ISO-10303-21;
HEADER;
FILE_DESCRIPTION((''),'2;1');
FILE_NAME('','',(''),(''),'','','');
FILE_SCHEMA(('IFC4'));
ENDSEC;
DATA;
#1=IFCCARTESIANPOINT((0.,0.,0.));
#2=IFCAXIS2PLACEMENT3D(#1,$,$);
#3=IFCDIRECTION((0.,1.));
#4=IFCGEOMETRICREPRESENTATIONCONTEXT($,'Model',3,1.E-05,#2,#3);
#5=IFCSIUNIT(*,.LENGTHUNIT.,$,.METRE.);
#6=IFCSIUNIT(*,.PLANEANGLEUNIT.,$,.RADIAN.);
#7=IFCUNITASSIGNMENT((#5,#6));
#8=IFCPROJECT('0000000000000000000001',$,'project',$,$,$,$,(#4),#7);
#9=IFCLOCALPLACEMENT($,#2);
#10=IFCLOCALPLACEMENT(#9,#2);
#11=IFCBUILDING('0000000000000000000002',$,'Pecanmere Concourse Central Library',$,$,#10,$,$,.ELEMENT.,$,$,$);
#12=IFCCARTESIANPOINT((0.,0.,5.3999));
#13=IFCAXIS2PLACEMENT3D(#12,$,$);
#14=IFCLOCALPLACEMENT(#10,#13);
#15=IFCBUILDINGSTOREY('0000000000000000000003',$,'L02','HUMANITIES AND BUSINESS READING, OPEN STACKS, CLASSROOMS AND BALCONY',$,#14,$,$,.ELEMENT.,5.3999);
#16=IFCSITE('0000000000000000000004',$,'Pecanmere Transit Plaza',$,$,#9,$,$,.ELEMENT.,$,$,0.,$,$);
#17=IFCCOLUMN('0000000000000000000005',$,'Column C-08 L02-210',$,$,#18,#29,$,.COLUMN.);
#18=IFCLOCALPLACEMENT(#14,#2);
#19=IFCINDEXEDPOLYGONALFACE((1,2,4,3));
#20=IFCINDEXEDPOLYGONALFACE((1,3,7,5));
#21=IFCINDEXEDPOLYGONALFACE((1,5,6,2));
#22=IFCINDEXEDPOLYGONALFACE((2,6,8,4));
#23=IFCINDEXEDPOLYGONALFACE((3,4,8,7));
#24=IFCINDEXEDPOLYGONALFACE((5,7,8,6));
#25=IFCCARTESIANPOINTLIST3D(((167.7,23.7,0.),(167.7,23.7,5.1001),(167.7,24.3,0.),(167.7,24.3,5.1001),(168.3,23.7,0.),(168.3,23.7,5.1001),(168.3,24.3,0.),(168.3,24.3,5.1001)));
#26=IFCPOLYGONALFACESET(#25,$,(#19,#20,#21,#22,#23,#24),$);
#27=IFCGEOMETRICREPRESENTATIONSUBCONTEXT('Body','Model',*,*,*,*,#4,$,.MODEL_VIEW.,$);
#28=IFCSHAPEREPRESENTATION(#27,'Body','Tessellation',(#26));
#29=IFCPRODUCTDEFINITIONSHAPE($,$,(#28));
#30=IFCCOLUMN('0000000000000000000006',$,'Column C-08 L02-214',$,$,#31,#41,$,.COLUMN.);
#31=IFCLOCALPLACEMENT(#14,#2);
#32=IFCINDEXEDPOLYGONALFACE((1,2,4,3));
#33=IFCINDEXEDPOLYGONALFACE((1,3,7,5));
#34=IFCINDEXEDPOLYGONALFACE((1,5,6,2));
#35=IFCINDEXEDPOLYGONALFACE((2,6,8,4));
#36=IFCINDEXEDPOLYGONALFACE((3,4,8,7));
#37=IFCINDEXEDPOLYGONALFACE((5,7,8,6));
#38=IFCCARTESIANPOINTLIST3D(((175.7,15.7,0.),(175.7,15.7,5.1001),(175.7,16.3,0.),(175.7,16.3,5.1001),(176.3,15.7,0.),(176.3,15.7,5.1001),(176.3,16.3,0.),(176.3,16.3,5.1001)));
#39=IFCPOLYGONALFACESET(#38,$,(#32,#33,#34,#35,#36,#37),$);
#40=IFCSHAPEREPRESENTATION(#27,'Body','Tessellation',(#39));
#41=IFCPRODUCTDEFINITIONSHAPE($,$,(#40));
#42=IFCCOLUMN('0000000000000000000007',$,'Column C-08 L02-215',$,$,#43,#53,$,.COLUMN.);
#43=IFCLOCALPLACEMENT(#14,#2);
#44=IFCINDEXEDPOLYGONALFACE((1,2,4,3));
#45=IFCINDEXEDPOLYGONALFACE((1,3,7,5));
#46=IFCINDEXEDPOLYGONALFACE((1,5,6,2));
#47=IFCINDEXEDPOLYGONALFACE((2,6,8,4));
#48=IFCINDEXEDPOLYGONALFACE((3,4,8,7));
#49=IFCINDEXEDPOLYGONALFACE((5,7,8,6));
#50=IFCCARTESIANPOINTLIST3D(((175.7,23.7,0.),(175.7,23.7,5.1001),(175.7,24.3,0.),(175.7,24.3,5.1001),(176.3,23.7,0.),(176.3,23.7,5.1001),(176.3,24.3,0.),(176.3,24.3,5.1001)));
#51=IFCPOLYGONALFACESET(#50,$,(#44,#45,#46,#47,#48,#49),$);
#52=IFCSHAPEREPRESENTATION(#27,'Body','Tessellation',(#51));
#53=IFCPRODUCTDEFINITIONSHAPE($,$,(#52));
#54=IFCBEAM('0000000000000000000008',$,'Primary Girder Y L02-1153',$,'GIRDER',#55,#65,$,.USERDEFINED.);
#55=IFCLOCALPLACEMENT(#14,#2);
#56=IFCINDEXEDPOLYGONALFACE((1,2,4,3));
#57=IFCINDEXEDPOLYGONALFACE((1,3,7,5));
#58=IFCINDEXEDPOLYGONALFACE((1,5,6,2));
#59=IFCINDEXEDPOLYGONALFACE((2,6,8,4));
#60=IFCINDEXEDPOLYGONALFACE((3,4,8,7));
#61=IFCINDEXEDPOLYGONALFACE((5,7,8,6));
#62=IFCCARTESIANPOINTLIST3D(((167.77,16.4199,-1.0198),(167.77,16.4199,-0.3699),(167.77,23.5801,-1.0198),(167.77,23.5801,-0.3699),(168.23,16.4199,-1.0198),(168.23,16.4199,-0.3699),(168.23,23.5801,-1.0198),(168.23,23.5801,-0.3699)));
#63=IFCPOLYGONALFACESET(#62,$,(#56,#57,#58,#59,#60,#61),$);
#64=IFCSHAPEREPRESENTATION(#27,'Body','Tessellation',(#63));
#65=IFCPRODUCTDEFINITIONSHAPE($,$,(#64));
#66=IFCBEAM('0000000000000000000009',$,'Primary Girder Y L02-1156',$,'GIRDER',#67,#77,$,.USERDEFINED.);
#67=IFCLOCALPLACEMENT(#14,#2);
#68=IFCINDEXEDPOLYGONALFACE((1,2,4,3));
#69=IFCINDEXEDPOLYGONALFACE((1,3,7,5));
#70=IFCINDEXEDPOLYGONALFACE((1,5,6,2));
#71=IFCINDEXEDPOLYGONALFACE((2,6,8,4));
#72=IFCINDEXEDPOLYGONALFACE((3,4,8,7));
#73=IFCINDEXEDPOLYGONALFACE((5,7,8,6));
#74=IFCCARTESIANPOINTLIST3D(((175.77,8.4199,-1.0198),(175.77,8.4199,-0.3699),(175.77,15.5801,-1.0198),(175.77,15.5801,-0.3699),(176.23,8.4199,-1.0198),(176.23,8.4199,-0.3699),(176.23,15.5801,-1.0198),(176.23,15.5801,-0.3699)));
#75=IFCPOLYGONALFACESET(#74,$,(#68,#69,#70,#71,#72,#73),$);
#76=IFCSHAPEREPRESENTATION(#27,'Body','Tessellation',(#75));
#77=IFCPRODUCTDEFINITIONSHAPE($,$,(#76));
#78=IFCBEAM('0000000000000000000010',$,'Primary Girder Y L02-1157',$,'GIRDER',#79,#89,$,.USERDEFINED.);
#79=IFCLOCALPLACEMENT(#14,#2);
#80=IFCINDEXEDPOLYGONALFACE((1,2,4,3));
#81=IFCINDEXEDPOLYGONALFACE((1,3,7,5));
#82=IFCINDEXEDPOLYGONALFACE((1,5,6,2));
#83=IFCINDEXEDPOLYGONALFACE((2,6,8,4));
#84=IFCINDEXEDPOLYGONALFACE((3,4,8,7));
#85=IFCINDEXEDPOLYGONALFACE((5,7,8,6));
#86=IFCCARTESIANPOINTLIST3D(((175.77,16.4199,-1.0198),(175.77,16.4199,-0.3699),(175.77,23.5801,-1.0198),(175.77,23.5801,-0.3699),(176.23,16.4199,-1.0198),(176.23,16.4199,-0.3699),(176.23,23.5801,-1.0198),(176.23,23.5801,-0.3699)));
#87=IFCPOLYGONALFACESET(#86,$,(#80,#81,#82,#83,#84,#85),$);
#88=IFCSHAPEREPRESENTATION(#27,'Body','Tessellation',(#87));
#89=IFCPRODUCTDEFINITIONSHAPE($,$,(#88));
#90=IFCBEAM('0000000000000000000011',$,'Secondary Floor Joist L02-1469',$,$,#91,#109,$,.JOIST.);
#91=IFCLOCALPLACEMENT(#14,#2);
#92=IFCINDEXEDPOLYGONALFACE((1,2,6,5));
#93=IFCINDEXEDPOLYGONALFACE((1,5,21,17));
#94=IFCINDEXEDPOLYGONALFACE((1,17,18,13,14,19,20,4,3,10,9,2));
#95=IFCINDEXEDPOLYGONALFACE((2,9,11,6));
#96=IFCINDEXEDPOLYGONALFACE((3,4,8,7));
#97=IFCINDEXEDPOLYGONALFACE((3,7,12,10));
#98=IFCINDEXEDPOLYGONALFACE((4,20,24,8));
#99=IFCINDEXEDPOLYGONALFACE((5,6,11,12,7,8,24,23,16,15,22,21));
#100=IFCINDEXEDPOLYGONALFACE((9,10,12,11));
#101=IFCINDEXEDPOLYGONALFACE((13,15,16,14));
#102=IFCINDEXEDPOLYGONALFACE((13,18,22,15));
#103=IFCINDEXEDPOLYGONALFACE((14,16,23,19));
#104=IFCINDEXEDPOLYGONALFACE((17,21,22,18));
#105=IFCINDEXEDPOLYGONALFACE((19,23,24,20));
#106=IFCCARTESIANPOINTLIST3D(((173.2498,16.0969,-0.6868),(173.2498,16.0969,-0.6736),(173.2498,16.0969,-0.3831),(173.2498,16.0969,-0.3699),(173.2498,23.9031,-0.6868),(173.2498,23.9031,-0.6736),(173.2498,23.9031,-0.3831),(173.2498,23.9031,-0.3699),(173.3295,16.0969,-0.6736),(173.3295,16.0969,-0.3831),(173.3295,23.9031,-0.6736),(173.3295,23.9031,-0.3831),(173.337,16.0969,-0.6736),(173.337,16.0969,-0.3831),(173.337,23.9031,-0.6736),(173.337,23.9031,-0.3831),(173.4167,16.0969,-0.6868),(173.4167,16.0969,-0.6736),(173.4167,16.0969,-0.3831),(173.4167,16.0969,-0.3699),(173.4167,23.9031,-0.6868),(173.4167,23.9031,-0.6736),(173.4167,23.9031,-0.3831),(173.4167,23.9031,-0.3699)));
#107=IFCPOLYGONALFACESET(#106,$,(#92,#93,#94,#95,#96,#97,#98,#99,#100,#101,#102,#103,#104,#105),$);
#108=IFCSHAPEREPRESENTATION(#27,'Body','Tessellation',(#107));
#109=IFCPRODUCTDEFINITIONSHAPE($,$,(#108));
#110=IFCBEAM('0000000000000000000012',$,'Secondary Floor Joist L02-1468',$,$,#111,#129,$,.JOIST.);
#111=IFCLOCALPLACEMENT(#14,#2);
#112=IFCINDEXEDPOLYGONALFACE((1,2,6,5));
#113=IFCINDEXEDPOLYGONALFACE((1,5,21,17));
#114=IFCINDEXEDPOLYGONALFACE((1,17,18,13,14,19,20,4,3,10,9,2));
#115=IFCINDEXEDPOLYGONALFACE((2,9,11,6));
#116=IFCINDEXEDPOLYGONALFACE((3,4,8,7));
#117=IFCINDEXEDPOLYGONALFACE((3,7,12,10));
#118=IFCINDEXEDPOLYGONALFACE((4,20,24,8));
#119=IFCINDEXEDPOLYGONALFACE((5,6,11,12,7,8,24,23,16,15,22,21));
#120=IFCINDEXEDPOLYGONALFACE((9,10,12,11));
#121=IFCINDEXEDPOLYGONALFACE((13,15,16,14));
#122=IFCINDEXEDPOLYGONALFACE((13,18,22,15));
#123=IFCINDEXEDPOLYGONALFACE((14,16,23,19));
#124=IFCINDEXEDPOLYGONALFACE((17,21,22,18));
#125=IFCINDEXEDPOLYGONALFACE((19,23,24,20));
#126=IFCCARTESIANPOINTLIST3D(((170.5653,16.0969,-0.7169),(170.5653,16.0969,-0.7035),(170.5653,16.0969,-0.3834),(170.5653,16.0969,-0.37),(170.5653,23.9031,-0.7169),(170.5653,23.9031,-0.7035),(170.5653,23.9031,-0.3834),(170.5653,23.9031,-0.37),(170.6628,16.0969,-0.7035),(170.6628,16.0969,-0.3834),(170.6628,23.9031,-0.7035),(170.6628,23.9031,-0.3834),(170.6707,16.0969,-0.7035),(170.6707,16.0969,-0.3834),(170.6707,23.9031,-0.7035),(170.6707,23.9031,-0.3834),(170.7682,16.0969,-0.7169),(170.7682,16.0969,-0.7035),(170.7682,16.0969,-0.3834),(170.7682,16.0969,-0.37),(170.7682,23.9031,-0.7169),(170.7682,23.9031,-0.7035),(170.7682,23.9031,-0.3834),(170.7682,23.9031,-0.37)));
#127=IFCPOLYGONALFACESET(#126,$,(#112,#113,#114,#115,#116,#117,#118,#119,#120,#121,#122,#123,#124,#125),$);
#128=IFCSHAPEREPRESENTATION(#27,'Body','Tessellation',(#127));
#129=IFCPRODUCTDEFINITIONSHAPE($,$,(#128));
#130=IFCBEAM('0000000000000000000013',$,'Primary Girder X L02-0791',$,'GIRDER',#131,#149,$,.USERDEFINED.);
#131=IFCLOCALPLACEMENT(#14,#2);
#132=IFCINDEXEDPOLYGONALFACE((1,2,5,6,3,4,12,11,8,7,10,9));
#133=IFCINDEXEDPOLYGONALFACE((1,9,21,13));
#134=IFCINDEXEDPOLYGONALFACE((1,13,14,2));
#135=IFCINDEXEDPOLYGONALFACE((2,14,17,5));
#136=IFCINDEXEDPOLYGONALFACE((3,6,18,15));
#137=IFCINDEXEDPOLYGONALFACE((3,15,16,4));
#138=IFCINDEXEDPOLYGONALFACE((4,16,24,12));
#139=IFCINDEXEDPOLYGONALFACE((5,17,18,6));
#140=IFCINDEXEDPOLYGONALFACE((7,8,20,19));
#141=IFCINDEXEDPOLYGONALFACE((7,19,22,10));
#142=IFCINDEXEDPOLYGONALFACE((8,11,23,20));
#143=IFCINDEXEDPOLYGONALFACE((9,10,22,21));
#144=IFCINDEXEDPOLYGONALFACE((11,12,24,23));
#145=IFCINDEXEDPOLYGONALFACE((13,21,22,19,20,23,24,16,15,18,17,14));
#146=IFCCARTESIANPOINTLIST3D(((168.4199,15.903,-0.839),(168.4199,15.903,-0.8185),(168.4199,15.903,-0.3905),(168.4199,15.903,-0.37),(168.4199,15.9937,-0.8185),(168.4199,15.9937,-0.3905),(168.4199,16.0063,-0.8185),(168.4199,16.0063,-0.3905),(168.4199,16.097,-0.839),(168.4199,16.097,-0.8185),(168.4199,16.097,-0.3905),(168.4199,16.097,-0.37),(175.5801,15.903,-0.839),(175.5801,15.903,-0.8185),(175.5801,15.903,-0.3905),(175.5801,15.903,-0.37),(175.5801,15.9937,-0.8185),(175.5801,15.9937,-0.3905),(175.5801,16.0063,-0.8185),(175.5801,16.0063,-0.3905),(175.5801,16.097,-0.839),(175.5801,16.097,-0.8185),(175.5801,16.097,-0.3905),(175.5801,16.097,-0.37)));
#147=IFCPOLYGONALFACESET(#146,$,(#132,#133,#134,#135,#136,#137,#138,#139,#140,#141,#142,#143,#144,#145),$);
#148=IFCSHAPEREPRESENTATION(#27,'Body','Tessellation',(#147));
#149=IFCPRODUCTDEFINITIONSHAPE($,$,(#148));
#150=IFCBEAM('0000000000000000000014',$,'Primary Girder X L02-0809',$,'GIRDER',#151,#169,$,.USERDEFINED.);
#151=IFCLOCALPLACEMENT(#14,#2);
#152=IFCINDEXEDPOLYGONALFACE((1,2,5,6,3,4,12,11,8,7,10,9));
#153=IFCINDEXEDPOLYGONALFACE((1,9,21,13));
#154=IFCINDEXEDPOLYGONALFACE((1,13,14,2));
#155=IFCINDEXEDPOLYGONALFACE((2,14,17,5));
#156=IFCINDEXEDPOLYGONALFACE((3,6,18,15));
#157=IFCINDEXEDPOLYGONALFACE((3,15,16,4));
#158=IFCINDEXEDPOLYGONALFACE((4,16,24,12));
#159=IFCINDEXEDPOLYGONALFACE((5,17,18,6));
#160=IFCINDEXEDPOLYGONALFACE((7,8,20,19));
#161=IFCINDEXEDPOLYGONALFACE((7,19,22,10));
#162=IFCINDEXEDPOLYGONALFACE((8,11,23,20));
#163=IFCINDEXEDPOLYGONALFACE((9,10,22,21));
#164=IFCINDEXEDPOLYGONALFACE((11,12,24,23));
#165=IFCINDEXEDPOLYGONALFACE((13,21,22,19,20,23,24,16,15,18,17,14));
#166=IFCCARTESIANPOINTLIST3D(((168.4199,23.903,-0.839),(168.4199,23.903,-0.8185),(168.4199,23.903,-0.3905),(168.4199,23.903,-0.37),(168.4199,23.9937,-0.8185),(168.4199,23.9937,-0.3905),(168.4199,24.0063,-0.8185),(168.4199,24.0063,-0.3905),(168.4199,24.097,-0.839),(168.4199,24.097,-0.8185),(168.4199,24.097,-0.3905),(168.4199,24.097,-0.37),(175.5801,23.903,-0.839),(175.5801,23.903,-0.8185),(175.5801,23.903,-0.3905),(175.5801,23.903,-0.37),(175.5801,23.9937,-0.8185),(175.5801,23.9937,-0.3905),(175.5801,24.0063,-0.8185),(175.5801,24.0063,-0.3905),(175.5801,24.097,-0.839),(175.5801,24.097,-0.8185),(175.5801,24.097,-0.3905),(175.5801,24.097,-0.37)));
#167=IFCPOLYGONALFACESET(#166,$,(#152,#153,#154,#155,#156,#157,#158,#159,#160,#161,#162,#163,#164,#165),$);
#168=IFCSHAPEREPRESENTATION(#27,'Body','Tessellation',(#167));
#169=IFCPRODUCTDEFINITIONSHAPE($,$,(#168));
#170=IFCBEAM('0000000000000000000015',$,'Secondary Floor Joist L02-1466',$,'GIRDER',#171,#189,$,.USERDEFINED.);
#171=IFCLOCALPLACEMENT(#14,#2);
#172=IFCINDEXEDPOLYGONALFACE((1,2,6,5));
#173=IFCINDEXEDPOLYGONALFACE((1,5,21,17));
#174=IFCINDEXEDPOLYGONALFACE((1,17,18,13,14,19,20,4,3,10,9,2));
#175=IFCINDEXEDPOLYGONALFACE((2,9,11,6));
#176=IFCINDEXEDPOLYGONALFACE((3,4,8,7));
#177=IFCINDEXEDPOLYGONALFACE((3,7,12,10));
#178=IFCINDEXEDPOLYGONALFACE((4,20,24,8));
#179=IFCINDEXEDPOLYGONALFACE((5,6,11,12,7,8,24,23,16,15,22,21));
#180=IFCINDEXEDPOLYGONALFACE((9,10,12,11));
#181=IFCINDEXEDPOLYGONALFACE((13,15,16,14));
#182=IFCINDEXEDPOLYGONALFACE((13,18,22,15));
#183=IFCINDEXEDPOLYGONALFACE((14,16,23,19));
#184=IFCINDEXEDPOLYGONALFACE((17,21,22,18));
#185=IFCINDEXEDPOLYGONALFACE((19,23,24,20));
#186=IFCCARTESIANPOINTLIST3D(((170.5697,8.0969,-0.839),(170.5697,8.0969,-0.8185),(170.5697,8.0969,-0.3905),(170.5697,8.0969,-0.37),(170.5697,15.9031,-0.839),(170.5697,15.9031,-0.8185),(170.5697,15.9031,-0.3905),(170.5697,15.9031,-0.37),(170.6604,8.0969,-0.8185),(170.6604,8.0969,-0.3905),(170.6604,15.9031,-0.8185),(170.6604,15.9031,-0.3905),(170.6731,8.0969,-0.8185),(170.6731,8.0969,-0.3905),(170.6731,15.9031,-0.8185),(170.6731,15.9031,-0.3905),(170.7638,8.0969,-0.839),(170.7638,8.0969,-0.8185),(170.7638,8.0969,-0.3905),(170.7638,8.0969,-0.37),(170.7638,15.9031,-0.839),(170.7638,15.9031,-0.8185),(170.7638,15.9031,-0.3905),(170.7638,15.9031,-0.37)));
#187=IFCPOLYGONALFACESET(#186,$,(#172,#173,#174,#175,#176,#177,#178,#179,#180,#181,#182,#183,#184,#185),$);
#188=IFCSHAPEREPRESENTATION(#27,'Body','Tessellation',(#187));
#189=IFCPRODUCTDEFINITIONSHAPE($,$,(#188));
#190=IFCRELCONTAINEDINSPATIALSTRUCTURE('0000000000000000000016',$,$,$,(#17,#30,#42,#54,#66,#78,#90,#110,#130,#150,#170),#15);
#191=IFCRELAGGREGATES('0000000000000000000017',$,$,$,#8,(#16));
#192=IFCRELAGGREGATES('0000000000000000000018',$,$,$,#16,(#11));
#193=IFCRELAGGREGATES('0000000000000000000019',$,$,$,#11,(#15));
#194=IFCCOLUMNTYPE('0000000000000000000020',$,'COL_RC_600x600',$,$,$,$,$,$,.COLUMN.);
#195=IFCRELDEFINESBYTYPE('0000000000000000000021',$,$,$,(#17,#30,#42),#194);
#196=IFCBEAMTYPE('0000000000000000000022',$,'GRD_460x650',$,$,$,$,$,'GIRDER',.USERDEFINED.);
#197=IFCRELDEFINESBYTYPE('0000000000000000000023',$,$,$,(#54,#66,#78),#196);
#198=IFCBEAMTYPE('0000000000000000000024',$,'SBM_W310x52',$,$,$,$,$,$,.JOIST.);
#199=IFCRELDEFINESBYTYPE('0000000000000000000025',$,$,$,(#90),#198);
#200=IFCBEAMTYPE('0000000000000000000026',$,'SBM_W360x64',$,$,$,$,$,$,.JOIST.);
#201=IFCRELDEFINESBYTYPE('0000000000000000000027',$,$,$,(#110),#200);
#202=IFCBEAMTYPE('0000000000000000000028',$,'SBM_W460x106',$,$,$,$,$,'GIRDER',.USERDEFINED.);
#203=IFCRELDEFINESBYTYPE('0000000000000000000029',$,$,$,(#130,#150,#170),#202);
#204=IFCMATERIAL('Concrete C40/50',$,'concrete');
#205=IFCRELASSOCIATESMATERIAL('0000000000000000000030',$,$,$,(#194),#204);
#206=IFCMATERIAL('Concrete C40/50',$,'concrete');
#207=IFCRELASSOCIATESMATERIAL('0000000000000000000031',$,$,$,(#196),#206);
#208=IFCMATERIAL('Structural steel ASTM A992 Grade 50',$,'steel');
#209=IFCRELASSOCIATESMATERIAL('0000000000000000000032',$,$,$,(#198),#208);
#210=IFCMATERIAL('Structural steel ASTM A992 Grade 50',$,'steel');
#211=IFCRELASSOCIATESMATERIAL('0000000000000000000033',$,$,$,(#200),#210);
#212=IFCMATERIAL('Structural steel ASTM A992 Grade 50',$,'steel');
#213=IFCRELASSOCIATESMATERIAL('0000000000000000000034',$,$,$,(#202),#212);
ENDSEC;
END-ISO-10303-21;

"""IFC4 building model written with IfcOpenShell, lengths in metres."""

from ifc_helpers import new_model, si_unit, direction, frame, origin, origin_2d, place, context, subcontext, project, spatial, rectangle, i_section, extrude, material, material_profile, profile_set, type_object, element, save


model = new_model("IFC4")

# Units and contexts
model_context = context("Model", 3, precision=1e-05, world=origin(), true_north=direction((0.0, 1.0)))
body_context = subcontext(model_context, "Body", "Model", "MODEL_VIEW")
ifc_project = project(units=[si_unit("LENGTHUNIT", "METRE"), si_unit("PLANEANGLEUNIT", "RADIAN")], contexts=[model_context])

# Site, building, storey
site_placement = place(None, origin())
site = spatial("IfcSite", under=ifc_project, at=site_placement, Name="Pecanmere Transit Plaza", CompositionType="ELEMENT", RefElevation=0.0)
building_placement = place(site_placement, origin())
building = spatial("IfcBuilding", under=site, at=building_placement, Name="Pecanmere Concourse Central Library", CompositionType="ELEMENT")
storey_placement = place(building_placement, frame((0.0, 0.0, 5.3999)))
storey = spatial("IfcBuildingStorey", under=building, at=storey_placement, Name="L02", Description="HUMANITIES AND BUSINESS READING, OPEN STACKS, CLASSROOMS AND BALCONY", CompositionType="ELEMENT", Elevation=5.3999)

# Columns
ifc_material_1 = material(Name="Concrete C40/50", Category="concrete")
ifc_material_profile_1 = material_profile(ifc_material_1, rectangle(XDim=0.6001, YDim=0.6001, at=origin_2d()), Name="RC 600x600")
ifc_profile_set_1 = profile_set([ifc_material_profile_1], Name="Concrete C40/50")
column_type = type_object("IfcColumnType", Name="COL_RC_600x600", PredefinedType="COLUMN", material=ifc_profile_set_1)
for number, where, z_axis, x_axis, name in (
    (1, (168.0, 24.0, 0.0), (0.0, 0.0, 1.0), (1.0, 0.0, 0.0), "Column C-08 L02-210"),
    (2, (176.0, 16.0, 0.0), (0.0, 0.0, 1.0), (1.0, 0.0, 0.0), "Column C-08 L02-214"),
    (3, (176.0, 24.0, 0.0), (0.0, 0.0, 1.0), (1.0, 0.0, 0.0), "Column C-08 L02-215"),
):
    element("IfcColumn", number, at=place(storey_placement, frame(where, z_axis=z_axis, x_axis=x_axis)), inside=storey, type_object=column_type, Name=name, PredefinedType="COLUMN", context=body_context, shape_type="SweptSolid", body=[
        extrude(rectangle(XDim=0.6001, YDim=0.6001, at=origin_2d()), origin(), (0.0, 0.0, 1.0), 5.1001),
    ])

# Beams
ifc_material_2 = material(Name="Concrete C40/50", Category="concrete")
ifc_material_profile_2 = material_profile(ifc_material_2, rectangle(XDim=0.46, YDim=0.6499, at=origin_2d()), Name="RC 460x650")
ifc_profile_set_2 = profile_set([ifc_material_profile_2], Name="Concrete C40/50")
beam_type_1 = type_object("IfcBeamType", Name="GRD_460x650", ElementType="GIRDER", PredefinedType="USERDEFINED", material=ifc_profile_set_2)
for number, where, z_axis, x_axis, name in (
    (4, (168.0, 16.4199, -0.6948), (0.0, 1.0, 0.0), (-1.0, 0.0, 0.0), "Primary Girder Y L02-1153"),
    (5, (176.0, 8.4199, -0.6948), (0.0, 1.0, 0.0), (-1.0, 0.0, 0.0), "Primary Girder Y L02-1156"),
    (6, (176.0, 16.4199, -0.6948), (0.0, 1.0, 0.0), (-1.0, 0.0, 0.0), "Primary Girder Y L02-1157"),
):
    element("IfcBeam", number, at=place(storey_placement, frame(where, z_axis=z_axis, x_axis=x_axis)), inside=storey, type_object=beam_type_1, Name=name, ObjectType="GIRDER", PredefinedType="USERDEFINED", context=body_context, shape_type="SweptSolid", body=[
        extrude(rectangle(XDim=0.46, YDim=0.6499, at=origin_2d()), origin(), (0.0, 0.0, 1.0), 7.1602),
    ])
ifc_material_3 = material(Name="Structural steel ASTM A992 Grade 50", Category="steel")
ifc_material_profile_3 = material_profile(ifc_material_3, i_section(OverallWidth=0.167, OverallDepth=0.3169, WebThickness=0.0076, FlangeThickness=0.0132, at=origin_2d()), Name="W310x52")
ifc_profile_set_3 = profile_set([ifc_material_profile_3], Name="Structural steel ASTM A992 Grade 50")
beam_type_2 = type_object("IfcBeamType", Name="SBM_W310x52", PredefinedType="JOIST", material=ifc_profile_set_3)
beam_1_placement = place(storey_placement, frame((173.3333, 16.0969, -0.5283), z_axis=(0.0, 1.0, 0.0), x_axis=(-1.0, 0.0, 0.0)))
element("IfcBeam", 7, at=beam_1_placement, inside=storey, type_object=beam_type_2, Name="Secondary Floor Joist L02-1469", PredefinedType="JOIST", context=body_context, shape_type="SweptSolid", body=[
    extrude(i_section(OverallWidth=0.167, OverallDepth=0.3169, WebThickness=0.0076, FlangeThickness=0.0132, at=origin_2d()), origin(), (0.0, 0.0, 1.0), 7.8062),
])
ifc_material_4 = material(Name="Structural steel ASTM A992 Grade 50", Category="steel")
ifc_material_profile_4 = material_profile(ifc_material_4, i_section(OverallWidth=0.2029, OverallDepth=0.3469, WebThickness=0.0078, FlangeThickness=0.0134, at=origin_2d()), Name="W360x64")
ifc_profile_set_4 = profile_set([ifc_material_profile_4], Name="Structural steel ASTM A992 Grade 50")
beam_type_3 = type_object("IfcBeamType", Name="SBM_W360x64", PredefinedType="JOIST", material=ifc_profile_set_4)
beam_2_placement = place(storey_placement, frame((170.6667, 16.0969, -0.5435), z_axis=(0.0, 1.0, 0.0), x_axis=(-1.0, 0.0, 0.0)))
element("IfcBeam", 8, at=beam_2_placement, inside=storey, type_object=beam_type_3, Name="Secondary Floor Joist L02-1468", PredefinedType="JOIST", context=body_context, shape_type="SweptSolid", body=[
    extrude(i_section(OverallWidth=0.2029, OverallDepth=0.3469, WebThickness=0.0078, FlangeThickness=0.0134, at=origin_2d()), origin(), (0.0, 0.0, 1.0), 7.8062),
])
ifc_material_5 = material(Name="Structural steel ASTM A992 Grade 50", Category="steel")
ifc_material_profile_5 = material_profile(ifc_material_5, i_section(OverallWidth=0.1941, OverallDepth=0.469, WebThickness=0.0127, FlangeThickness=0.0205, at=origin_2d()), Name="W460x106")
ifc_profile_set_5 = profile_set([ifc_material_profile_5], Name="Structural steel ASTM A992 Grade 50")
beam_type_4 = type_object("IfcBeamType", Name="SBM_W460x106", ElementType="GIRDER", PredefinedType="USERDEFINED", material=ifc_profile_set_5)
for number, where, z_axis, x_axis, name in (
    (9, (168.4199, 16.0, -0.6045), (1.0, 0.0, 0.0), (0.0, 1.0, 0.0), "Primary Girder X L02-0791"),
    (10, (168.4199, 24.0, -0.6045), (1.0, 0.0, 0.0), (0.0, 1.0, 0.0), "Primary Girder X L02-0809"),
):
    element("IfcBeam", number, at=place(storey_placement, frame(where, z_axis=z_axis, x_axis=x_axis)), inside=storey, type_object=beam_type_4, Name=name, ObjectType="GIRDER", PredefinedType="USERDEFINED", context=body_context, shape_type="SweptSolid", body=[
        extrude(i_section(OverallWidth=0.1941, OverallDepth=0.469, WebThickness=0.0127, FlangeThickness=0.0205, at=origin_2d()), origin(), (0.0, 0.0, 1.0), 7.1602),
    ])
beam_3_placement = place(storey_placement, frame((170.6667, 8.0969, -0.6045), z_axis=(0.0, 1.0, 0.0), x_axis=(-1.0, 0.0, 0.0)))
element("IfcBeam", 11, at=beam_3_placement, inside=storey, type_object=beam_type_4, Name="Secondary Floor Joist L02-1466", ObjectType="GIRDER", PredefinedType="USERDEFINED", context=body_context, shape_type="SweptSolid", body=[
    extrude(i_section(OverallWidth=0.1941, OverallDepth=0.469, WebThickness=0.0127, FlangeThickness=0.0205, at=origin_2d()), origin(), (0.0, 0.0, 1.0), 7.8062),
])

save(model, "model.ifc")
